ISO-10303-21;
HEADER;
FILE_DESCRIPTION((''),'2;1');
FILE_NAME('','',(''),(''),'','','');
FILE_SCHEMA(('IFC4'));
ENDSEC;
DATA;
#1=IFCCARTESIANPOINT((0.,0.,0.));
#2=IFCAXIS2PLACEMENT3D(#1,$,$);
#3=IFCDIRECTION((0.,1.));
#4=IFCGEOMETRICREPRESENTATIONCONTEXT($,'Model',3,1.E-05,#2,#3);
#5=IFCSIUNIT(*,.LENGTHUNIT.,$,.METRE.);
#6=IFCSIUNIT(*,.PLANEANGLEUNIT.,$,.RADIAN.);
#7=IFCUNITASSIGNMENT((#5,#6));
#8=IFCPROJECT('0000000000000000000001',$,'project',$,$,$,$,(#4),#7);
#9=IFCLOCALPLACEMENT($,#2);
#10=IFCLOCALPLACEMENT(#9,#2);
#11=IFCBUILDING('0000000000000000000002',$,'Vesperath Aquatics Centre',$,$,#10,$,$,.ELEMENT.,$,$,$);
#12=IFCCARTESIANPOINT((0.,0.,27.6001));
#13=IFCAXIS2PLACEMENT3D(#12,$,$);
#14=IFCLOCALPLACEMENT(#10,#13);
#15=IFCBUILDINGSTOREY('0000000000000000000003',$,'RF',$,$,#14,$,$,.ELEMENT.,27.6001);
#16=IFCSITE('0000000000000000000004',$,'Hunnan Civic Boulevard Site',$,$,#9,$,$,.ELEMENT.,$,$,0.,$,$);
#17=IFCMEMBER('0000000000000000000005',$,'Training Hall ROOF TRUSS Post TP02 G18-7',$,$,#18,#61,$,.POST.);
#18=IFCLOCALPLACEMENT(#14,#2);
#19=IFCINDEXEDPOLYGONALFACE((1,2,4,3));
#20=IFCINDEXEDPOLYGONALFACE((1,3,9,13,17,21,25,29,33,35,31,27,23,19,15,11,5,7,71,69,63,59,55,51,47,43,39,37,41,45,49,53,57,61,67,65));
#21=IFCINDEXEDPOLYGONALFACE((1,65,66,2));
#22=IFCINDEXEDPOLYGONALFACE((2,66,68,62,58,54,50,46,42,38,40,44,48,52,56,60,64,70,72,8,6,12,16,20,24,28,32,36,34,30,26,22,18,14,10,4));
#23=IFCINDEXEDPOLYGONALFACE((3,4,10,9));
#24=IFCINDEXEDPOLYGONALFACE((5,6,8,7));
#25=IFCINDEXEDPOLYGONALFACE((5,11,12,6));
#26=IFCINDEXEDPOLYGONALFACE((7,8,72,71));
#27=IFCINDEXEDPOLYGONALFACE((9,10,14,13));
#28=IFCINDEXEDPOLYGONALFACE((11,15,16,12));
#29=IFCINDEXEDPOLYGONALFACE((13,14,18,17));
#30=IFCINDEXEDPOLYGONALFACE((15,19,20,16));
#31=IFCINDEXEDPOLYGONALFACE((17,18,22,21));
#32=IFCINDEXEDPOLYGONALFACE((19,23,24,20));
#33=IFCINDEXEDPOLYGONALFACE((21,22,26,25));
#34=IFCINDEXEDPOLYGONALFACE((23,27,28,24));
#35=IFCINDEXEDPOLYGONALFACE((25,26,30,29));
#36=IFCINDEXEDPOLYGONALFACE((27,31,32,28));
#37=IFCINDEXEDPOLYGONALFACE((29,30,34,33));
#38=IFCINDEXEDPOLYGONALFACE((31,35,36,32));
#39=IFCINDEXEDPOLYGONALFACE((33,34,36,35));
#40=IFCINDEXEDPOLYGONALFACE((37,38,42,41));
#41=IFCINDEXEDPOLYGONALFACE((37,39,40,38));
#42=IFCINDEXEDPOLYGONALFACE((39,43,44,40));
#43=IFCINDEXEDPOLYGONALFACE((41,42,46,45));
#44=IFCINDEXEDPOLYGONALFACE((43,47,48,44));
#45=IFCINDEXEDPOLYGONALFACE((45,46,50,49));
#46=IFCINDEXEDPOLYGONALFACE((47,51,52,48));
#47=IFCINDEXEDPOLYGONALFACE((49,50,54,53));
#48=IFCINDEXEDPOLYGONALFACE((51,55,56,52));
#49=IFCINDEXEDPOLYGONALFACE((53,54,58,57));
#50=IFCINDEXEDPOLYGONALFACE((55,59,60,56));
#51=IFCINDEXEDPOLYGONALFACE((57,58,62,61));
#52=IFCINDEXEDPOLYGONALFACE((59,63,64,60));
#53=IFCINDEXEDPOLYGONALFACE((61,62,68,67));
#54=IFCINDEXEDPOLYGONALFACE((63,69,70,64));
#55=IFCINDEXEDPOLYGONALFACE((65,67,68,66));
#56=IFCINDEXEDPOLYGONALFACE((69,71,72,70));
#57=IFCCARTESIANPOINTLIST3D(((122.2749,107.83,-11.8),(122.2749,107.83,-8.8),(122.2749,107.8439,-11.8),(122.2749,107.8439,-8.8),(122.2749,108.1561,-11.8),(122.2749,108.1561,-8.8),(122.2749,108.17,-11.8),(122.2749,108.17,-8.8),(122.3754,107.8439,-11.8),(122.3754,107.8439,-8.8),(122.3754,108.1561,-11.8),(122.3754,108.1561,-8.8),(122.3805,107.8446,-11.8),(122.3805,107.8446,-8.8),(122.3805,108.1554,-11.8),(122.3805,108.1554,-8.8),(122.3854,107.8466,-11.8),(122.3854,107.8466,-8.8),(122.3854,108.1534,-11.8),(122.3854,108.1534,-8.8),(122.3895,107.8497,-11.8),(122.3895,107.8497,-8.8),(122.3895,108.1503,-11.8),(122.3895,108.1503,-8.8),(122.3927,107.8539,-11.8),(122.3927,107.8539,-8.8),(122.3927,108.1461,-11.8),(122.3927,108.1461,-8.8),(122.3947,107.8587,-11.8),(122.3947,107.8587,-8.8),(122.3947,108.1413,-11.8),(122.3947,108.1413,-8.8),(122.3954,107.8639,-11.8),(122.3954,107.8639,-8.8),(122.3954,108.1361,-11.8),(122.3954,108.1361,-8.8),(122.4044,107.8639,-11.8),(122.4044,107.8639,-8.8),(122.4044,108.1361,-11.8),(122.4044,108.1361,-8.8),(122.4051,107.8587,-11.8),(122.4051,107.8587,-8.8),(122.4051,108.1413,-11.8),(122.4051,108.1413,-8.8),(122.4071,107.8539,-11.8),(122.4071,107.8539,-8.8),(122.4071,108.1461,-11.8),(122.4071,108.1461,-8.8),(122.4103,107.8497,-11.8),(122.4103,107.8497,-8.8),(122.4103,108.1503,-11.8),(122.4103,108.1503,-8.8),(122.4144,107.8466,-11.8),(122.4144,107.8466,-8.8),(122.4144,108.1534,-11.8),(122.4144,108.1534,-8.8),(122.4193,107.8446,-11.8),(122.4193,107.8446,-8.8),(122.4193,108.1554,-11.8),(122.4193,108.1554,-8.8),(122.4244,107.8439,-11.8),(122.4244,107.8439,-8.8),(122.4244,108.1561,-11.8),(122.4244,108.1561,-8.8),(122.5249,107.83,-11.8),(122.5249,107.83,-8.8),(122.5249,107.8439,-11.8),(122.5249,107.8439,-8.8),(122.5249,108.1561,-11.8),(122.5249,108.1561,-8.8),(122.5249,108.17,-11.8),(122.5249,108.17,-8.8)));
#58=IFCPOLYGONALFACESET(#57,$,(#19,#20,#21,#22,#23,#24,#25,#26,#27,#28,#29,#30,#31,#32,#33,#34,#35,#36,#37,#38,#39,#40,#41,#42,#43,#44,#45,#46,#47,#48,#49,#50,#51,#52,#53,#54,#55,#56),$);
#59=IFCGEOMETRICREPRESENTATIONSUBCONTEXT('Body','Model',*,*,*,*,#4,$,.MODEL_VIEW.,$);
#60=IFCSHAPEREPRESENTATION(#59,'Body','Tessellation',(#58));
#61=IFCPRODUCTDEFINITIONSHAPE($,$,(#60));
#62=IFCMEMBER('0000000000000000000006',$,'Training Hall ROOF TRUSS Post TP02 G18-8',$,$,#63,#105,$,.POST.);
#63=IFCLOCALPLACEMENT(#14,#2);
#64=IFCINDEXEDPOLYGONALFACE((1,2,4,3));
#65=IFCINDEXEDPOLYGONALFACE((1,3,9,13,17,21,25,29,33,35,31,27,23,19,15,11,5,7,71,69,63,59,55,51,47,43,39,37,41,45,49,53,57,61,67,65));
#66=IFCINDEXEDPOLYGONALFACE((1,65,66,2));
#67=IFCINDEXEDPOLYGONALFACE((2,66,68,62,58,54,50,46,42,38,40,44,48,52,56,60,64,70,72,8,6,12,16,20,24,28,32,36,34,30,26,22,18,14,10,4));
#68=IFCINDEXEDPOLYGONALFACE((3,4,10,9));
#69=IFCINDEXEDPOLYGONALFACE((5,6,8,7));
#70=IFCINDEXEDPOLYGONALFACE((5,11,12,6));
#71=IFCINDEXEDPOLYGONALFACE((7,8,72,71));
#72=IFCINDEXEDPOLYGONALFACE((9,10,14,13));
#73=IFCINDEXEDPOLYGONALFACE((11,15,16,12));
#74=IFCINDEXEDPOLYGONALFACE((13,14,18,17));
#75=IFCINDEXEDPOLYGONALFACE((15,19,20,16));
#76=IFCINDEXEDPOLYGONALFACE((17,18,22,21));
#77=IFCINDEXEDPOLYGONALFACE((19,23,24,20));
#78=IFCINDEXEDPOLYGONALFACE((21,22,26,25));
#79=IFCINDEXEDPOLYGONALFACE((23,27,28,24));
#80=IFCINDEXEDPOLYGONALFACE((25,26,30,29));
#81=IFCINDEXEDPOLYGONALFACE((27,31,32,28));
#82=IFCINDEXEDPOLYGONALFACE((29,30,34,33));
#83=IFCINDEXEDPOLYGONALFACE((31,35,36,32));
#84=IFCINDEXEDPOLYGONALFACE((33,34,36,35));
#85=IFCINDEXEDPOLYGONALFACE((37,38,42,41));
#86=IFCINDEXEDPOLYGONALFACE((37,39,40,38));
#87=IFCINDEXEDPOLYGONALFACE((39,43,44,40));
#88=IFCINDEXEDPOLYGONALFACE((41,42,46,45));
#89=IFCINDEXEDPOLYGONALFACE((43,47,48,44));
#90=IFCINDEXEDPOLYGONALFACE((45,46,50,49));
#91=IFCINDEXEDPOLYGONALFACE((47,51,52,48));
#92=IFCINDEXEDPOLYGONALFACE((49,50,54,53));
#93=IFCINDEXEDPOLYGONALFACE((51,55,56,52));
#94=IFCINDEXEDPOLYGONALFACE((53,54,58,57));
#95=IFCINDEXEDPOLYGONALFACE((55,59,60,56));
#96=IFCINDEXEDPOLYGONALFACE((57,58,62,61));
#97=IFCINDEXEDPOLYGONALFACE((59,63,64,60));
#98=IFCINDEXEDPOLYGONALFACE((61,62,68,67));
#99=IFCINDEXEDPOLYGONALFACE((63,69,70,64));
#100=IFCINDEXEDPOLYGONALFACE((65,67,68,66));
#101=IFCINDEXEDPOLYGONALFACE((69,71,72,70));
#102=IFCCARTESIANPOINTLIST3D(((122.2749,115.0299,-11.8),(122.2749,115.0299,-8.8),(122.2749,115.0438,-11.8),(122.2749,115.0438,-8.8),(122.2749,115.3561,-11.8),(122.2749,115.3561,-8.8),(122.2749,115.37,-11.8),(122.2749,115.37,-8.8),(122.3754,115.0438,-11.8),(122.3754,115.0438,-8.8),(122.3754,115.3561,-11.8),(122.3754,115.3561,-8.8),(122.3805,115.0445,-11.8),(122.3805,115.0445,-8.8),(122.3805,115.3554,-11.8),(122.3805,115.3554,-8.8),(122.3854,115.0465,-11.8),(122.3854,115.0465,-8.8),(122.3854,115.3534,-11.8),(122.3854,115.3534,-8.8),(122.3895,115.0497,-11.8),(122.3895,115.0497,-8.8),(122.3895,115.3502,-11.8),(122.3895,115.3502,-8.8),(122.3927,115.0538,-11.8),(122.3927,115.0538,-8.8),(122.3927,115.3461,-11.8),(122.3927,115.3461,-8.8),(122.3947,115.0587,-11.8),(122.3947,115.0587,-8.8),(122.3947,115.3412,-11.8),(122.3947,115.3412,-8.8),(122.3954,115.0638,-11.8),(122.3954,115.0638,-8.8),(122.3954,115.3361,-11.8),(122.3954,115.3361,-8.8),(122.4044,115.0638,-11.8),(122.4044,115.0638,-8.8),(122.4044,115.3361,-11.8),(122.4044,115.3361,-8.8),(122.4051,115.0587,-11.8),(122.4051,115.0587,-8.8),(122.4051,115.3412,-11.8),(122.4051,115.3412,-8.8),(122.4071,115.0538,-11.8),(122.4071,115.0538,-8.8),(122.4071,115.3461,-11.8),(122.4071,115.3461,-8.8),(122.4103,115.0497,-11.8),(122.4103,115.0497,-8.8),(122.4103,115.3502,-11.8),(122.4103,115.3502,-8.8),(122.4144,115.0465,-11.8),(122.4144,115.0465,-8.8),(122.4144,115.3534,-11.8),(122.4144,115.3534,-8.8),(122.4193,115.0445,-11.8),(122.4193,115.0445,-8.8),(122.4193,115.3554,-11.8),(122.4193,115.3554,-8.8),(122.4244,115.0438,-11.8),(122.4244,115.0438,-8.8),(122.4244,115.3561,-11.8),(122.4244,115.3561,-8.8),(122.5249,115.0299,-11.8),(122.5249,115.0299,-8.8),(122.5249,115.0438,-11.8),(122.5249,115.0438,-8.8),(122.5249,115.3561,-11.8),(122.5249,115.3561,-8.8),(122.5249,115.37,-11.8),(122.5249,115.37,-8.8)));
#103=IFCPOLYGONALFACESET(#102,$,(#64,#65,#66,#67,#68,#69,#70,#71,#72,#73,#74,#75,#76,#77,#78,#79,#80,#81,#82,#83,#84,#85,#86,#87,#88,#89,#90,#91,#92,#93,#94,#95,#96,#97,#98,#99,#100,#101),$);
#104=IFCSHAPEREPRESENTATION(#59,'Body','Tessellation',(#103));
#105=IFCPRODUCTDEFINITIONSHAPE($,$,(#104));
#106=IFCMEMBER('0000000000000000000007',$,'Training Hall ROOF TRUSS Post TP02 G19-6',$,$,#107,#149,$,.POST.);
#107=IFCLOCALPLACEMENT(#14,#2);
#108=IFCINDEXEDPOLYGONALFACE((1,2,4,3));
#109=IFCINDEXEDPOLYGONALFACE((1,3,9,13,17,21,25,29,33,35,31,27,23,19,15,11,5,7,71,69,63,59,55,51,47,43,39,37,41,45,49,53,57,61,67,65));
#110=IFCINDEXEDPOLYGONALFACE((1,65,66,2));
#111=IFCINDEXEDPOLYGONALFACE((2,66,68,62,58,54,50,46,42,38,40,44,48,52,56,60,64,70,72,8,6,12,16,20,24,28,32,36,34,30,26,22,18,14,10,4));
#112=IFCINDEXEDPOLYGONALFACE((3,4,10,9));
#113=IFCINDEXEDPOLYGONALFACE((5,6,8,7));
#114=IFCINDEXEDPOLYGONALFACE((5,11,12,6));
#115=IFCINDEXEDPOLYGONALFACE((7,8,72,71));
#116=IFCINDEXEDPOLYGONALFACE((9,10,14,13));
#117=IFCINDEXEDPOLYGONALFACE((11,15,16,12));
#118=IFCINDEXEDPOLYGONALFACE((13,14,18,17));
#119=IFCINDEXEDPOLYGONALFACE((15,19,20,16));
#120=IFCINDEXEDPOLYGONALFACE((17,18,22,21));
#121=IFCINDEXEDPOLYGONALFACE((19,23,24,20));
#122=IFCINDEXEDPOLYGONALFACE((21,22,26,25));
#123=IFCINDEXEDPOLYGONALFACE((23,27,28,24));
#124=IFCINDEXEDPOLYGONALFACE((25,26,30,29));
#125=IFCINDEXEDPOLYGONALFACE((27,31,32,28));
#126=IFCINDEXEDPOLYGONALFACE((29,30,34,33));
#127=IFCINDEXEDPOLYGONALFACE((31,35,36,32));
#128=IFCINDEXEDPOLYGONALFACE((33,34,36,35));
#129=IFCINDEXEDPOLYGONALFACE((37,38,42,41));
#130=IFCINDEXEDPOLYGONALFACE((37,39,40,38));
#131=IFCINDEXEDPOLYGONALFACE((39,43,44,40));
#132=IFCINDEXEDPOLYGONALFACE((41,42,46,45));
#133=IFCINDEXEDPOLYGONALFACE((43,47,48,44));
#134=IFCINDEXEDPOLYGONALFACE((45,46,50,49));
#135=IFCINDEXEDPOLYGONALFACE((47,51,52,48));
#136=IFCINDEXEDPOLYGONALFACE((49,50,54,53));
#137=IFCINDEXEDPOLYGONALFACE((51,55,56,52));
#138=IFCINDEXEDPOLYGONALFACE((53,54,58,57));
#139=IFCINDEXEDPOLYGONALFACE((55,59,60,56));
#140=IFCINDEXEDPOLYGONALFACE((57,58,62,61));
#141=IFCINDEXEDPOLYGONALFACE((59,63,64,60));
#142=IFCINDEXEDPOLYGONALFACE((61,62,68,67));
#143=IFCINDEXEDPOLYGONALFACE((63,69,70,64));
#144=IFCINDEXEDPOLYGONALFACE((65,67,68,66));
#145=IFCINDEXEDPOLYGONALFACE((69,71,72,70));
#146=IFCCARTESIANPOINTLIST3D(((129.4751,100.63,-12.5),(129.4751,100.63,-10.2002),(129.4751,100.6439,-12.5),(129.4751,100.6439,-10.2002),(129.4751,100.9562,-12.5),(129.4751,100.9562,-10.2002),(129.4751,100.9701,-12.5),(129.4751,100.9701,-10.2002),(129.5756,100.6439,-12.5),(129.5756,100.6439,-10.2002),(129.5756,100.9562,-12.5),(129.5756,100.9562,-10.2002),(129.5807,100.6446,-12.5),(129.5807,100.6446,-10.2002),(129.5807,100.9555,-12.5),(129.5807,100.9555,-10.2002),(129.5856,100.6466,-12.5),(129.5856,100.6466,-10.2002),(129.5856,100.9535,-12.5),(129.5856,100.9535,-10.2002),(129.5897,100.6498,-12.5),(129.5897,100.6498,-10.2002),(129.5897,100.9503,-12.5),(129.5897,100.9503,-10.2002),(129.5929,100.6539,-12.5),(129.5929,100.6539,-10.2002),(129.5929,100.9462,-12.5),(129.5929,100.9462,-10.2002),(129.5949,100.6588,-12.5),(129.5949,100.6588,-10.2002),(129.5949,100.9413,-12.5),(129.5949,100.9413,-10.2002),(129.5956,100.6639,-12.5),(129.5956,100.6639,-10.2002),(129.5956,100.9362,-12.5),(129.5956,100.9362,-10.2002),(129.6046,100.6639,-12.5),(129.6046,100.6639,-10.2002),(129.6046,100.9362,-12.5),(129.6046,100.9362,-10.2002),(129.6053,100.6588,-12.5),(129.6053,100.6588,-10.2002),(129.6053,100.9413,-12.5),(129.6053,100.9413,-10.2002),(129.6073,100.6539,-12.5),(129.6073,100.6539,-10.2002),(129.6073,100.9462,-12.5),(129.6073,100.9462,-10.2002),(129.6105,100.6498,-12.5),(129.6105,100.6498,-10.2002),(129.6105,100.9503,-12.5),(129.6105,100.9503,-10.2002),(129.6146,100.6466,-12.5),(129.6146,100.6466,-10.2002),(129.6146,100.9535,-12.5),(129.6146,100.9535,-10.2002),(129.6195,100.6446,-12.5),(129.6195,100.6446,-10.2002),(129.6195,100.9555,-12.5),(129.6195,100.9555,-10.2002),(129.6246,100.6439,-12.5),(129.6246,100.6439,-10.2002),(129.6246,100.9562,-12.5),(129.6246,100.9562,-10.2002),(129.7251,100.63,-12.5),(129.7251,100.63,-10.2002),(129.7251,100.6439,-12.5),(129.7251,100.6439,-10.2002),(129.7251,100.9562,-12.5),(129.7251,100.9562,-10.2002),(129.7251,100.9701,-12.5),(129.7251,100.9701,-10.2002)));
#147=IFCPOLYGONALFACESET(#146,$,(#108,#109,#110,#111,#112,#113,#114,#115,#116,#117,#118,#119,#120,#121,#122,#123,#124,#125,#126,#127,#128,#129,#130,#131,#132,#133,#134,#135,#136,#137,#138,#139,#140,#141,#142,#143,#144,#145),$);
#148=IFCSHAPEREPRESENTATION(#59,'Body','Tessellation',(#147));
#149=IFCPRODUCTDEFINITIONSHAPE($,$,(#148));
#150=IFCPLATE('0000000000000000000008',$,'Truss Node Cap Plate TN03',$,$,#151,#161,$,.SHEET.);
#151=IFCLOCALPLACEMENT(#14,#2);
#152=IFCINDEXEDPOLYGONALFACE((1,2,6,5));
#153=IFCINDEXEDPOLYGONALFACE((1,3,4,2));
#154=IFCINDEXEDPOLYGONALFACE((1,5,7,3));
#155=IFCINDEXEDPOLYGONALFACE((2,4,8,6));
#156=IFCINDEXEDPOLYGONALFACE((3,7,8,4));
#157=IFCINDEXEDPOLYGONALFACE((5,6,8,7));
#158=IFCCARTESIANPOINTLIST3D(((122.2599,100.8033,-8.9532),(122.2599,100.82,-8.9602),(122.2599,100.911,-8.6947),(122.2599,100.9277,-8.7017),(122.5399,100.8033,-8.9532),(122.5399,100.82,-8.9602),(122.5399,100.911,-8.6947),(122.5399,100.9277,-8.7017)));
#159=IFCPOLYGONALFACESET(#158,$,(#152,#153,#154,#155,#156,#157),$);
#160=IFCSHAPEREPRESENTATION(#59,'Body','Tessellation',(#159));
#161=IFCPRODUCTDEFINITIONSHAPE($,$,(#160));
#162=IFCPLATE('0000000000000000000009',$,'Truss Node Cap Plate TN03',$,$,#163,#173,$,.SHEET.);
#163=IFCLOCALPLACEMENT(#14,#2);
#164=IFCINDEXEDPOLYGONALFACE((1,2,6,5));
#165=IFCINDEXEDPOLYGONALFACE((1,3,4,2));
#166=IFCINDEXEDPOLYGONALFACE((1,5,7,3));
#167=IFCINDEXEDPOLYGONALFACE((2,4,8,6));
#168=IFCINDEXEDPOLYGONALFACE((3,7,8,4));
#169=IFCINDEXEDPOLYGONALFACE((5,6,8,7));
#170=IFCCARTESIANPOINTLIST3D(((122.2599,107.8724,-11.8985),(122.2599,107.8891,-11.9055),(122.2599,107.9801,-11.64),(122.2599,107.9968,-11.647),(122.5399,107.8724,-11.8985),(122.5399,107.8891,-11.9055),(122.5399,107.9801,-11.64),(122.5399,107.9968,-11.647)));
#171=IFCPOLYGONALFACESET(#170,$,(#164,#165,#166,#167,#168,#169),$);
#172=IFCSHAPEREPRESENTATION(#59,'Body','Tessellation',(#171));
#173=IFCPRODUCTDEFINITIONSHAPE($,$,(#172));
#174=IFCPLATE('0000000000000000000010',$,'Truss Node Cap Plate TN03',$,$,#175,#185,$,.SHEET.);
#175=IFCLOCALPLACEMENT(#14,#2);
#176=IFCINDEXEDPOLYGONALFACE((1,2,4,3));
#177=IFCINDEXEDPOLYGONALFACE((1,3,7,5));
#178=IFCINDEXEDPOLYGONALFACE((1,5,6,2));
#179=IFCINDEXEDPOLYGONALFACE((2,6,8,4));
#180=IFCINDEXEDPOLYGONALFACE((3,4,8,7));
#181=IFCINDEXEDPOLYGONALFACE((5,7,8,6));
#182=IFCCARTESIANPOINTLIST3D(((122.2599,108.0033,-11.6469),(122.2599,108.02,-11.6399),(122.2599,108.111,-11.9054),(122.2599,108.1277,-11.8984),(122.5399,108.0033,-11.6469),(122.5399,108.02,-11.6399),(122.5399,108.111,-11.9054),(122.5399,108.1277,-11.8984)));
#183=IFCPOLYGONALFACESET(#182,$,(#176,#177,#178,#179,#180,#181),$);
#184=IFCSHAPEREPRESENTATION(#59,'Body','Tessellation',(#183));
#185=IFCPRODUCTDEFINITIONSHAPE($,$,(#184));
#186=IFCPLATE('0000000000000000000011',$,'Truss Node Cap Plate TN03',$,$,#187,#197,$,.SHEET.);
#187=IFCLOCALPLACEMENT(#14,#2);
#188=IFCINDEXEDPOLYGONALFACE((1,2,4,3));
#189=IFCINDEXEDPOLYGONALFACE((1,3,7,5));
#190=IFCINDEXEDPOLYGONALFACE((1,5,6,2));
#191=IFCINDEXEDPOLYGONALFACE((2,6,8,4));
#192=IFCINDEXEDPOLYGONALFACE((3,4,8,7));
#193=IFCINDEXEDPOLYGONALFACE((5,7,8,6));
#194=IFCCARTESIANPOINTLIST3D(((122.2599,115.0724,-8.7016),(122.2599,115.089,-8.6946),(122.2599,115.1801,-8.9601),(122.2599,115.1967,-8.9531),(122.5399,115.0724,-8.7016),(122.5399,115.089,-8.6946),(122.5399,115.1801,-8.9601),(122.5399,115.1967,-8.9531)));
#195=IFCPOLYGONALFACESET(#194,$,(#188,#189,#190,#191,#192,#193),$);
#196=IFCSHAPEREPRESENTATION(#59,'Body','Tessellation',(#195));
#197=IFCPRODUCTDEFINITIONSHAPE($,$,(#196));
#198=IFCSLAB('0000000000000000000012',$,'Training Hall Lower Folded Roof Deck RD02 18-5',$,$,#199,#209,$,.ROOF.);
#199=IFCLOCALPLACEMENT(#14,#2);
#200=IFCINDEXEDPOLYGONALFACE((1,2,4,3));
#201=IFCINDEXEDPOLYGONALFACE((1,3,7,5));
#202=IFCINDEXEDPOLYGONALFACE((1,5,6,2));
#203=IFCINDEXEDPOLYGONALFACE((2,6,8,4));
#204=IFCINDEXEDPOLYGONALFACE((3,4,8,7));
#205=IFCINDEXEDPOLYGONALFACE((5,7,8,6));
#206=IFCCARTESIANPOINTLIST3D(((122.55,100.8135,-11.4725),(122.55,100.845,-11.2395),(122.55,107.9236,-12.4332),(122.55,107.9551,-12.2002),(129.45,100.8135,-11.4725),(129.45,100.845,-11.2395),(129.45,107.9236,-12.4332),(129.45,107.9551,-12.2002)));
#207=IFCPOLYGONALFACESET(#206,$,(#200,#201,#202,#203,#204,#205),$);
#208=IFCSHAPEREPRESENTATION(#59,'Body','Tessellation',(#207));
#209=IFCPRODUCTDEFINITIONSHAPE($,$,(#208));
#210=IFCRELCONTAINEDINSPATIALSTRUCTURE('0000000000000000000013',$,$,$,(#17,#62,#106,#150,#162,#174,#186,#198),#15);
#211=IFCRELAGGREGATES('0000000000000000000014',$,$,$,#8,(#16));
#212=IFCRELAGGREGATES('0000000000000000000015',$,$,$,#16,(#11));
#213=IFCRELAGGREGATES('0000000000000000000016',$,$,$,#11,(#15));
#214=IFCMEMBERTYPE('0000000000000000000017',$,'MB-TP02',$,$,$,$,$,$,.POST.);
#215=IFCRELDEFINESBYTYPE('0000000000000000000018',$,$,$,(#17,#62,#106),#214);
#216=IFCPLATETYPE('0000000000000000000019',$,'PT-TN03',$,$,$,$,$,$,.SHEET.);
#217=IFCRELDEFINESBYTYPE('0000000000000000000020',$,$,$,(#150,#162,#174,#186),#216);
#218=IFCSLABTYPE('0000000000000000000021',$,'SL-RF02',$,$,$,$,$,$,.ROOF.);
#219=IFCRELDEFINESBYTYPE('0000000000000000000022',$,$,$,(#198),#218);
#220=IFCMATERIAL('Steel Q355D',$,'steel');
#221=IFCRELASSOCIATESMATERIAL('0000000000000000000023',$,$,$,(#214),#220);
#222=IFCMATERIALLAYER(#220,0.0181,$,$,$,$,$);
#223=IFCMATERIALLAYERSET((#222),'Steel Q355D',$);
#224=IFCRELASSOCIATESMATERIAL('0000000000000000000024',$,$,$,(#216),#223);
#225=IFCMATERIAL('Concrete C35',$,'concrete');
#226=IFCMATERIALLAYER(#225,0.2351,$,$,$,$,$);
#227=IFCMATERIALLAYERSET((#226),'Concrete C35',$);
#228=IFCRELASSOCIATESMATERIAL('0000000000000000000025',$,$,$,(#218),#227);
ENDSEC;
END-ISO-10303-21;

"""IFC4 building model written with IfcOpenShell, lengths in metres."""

from ifc_helpers import new_model, si_unit, direction, frame, origin, origin_2d, place, context, subcontext, project, spatial, polyline, rectangle, i_section, outline, extrude, material, layer, layer_set, material_profile, profile_set, type_object, element, save


model = new_model("IFC4")

# Units and contexts
model_context = context("Model", 3, precision=1e-05, world=origin(), true_north=direction((0.0, 1.0)))
body_context = subcontext(model_context, "Body", "Model", "MODEL_VIEW")
ifc_project = project(units=[si_unit("LENGTHUNIT", "METRE"), si_unit("PLANEANGLEUNIT", "RADIAN")], contexts=[model_context])

# Site, building, storey
site_placement = place(None, origin())
site = spatial("IfcSite", under=ifc_project, at=site_placement, Name="Hunnan Civic Boulevard Site", CompositionType="ELEMENT", RefElevation=0.0)
building_placement = place(site_placement, origin())
building = spatial("IfcBuilding", under=site, at=building_placement, Name="Vesperath Aquatics Centre", CompositionType="ELEMENT")
storey_placement = place(building_placement, frame((0.0, 0.0, 27.6001)))
storey = spatial("IfcBuildingStorey", under=building, at=storey_placement, Name="RF", CompositionType="ELEMENT", Elevation=27.6001)

# Members
ifc_material_1 = material(Name="Steel Q355D", Category="steel")
ifc_material_profile_1 = material_profile(ifc_material_1, i_section(OverallWidth=0.25, OverallDepth=0.3401, WebThickness=0.009, FlangeThickness=0.0139, FilletRadius=0.02, at=origin_2d()), Name="HM 340x250x9x14")
ifc_profile_set_1 = profile_set([ifc_material_profile_1], Name="Steel Q355D")
member_type_1 = type_object("IfcMemberType", Name="MB-TP02", PredefinedType="POST", material=ifc_profile_set_1)
for number, where, z_axis, x_axis, name in (
    (1, (122.3999, 108.0, -11.8), (0.0, 0.0, 1.0), (1.0, 0.0, 0.0), "Training Hall ROOF TRUSS Post TP02 G18-7"),
    (2, (122.3999, 115.2, -11.8), (0.0, 0.0, 1.0), (1.0, 0.0, 0.0), "Training Hall ROOF TRUSS Post TP02 G18-8"),
):
    element("IfcMember", number, at=place(storey_placement, frame(where, z_axis=z_axis, x_axis=x_axis)), inside=storey, type_object=member_type_1, Name=name, PredefinedType="POST", context=body_context, shape_type="SweptSolid", body=[
        extrude(i_section(OverallWidth=0.25, OverallDepth=0.3401, WebThickness=0.009, FlangeThickness=0.0139, FilletRadius=0.02, at=origin_2d()), origin(), (0.0, 0.0, 1.0), 3.0),
    ])
member_placement = place(storey_placement, frame((129.6001, 100.8, -12.5), z_axis=(0.0, 0.0, 1.0), x_axis=(1.0, 0.0, 0.0)))
element("IfcMember", 3, at=member_placement, inside=storey, type_object=member_type_1, Name="Training Hall ROOF TRUSS Post TP02 G19-6", PredefinedType="POST", context=body_context, shape_type="SweptSolid", body=[
    extrude(i_section(OverallWidth=0.25, OverallDepth=0.3401, WebThickness=0.009, FlangeThickness=0.0139, FilletRadius=0.02, at=origin_2d()), origin(), (0.0, 0.0, 1.0), 2.2998),
])

# Plates
ifc_layer_1 = layer(ifc_material_1, 0.0181)
ifc_layer_set_1 = layer_set([ifc_layer_1], Name="Steel Q355D")
plate_type = type_object("IfcPlateType", Name="PT-TN03", PredefinedType="SHEET", material=ifc_layer_set_1)
for number, where, z_axis, x_axis, name in (
    (4, (122.3999, 100.8572, -8.824), (0.0, 0.923077, -0.384615), (-1.0, 0.0, 0.0), "Truss Node Cap Plate TN03"),
    (5, (122.3999, 107.9263, -11.7693), (0.0, 0.923077, -0.384615), (-1.0, 0.0, 0.0), "Truss Node Cap Plate TN03"),
    (6, (122.3999, 108.0571, -11.7761), (0.0, 0.923077, 0.384615), (-1.0, 0.0, 0.0), "Truss Node Cap Plate TN03"),
    (7, (122.3999, 115.1262, -8.8308), (0.0, 0.923077, 0.384615), (-1.0, 0.0, 0.0), "Truss Node Cap Plate TN03"),
):
    element("IfcPlate", number, at=place(storey_placement, frame(where, z_axis=z_axis, x_axis=x_axis)), inside=storey, type_object=plate_type, Name=name, PredefinedType="SHEET", context=body_context, shape_type="SweptSolid", body=[
        extrude(rectangle(XDim=0.28, YDim=0.28, at=origin_2d()), origin(), (0.0, 0.0, 1.0), 0.0181),
    ])

# Slab
ifc_material_2 = material(Name="Concrete C35", Category="concrete")
ifc_layer_2 = layer(ifc_material_2, 0.2351)
ifc_layer_set_2 = layer_set([ifc_layer_2], Name="Concrete C35")
slab_type = type_object("IfcSlabType", Name="SL-RF02", PredefinedType="ROOF", material=ifc_layer_set_2)
for number, where, z_axis, x_axis, name in (
    (8, (122.55, 100.845, -11.2395), (0.0, 0.1339, 0.990995), (1.0, 0.0, 0.0), "Training Hall Lower Folded Roof Deck RD02 18-5"),
):
    element("IfcSlab", number, at=place(storey_placement, frame(where, z_axis=z_axis, x_axis=x_axis)), inside=storey, type_object=slab_type, Name=name, PredefinedType="ROOF", context=body_context, shape_type="SweptSolid", body=[
        extrude(outline(polyline([(0.0, 0.0), (6.8999, 0.0), (6.8999, 7.1747), (0.0, 7.1747), (0.0, 0.0)])), origin(), (0.0, 0.0, -1.0), 0.2351),
    ])

save(model, "model.ifc")
